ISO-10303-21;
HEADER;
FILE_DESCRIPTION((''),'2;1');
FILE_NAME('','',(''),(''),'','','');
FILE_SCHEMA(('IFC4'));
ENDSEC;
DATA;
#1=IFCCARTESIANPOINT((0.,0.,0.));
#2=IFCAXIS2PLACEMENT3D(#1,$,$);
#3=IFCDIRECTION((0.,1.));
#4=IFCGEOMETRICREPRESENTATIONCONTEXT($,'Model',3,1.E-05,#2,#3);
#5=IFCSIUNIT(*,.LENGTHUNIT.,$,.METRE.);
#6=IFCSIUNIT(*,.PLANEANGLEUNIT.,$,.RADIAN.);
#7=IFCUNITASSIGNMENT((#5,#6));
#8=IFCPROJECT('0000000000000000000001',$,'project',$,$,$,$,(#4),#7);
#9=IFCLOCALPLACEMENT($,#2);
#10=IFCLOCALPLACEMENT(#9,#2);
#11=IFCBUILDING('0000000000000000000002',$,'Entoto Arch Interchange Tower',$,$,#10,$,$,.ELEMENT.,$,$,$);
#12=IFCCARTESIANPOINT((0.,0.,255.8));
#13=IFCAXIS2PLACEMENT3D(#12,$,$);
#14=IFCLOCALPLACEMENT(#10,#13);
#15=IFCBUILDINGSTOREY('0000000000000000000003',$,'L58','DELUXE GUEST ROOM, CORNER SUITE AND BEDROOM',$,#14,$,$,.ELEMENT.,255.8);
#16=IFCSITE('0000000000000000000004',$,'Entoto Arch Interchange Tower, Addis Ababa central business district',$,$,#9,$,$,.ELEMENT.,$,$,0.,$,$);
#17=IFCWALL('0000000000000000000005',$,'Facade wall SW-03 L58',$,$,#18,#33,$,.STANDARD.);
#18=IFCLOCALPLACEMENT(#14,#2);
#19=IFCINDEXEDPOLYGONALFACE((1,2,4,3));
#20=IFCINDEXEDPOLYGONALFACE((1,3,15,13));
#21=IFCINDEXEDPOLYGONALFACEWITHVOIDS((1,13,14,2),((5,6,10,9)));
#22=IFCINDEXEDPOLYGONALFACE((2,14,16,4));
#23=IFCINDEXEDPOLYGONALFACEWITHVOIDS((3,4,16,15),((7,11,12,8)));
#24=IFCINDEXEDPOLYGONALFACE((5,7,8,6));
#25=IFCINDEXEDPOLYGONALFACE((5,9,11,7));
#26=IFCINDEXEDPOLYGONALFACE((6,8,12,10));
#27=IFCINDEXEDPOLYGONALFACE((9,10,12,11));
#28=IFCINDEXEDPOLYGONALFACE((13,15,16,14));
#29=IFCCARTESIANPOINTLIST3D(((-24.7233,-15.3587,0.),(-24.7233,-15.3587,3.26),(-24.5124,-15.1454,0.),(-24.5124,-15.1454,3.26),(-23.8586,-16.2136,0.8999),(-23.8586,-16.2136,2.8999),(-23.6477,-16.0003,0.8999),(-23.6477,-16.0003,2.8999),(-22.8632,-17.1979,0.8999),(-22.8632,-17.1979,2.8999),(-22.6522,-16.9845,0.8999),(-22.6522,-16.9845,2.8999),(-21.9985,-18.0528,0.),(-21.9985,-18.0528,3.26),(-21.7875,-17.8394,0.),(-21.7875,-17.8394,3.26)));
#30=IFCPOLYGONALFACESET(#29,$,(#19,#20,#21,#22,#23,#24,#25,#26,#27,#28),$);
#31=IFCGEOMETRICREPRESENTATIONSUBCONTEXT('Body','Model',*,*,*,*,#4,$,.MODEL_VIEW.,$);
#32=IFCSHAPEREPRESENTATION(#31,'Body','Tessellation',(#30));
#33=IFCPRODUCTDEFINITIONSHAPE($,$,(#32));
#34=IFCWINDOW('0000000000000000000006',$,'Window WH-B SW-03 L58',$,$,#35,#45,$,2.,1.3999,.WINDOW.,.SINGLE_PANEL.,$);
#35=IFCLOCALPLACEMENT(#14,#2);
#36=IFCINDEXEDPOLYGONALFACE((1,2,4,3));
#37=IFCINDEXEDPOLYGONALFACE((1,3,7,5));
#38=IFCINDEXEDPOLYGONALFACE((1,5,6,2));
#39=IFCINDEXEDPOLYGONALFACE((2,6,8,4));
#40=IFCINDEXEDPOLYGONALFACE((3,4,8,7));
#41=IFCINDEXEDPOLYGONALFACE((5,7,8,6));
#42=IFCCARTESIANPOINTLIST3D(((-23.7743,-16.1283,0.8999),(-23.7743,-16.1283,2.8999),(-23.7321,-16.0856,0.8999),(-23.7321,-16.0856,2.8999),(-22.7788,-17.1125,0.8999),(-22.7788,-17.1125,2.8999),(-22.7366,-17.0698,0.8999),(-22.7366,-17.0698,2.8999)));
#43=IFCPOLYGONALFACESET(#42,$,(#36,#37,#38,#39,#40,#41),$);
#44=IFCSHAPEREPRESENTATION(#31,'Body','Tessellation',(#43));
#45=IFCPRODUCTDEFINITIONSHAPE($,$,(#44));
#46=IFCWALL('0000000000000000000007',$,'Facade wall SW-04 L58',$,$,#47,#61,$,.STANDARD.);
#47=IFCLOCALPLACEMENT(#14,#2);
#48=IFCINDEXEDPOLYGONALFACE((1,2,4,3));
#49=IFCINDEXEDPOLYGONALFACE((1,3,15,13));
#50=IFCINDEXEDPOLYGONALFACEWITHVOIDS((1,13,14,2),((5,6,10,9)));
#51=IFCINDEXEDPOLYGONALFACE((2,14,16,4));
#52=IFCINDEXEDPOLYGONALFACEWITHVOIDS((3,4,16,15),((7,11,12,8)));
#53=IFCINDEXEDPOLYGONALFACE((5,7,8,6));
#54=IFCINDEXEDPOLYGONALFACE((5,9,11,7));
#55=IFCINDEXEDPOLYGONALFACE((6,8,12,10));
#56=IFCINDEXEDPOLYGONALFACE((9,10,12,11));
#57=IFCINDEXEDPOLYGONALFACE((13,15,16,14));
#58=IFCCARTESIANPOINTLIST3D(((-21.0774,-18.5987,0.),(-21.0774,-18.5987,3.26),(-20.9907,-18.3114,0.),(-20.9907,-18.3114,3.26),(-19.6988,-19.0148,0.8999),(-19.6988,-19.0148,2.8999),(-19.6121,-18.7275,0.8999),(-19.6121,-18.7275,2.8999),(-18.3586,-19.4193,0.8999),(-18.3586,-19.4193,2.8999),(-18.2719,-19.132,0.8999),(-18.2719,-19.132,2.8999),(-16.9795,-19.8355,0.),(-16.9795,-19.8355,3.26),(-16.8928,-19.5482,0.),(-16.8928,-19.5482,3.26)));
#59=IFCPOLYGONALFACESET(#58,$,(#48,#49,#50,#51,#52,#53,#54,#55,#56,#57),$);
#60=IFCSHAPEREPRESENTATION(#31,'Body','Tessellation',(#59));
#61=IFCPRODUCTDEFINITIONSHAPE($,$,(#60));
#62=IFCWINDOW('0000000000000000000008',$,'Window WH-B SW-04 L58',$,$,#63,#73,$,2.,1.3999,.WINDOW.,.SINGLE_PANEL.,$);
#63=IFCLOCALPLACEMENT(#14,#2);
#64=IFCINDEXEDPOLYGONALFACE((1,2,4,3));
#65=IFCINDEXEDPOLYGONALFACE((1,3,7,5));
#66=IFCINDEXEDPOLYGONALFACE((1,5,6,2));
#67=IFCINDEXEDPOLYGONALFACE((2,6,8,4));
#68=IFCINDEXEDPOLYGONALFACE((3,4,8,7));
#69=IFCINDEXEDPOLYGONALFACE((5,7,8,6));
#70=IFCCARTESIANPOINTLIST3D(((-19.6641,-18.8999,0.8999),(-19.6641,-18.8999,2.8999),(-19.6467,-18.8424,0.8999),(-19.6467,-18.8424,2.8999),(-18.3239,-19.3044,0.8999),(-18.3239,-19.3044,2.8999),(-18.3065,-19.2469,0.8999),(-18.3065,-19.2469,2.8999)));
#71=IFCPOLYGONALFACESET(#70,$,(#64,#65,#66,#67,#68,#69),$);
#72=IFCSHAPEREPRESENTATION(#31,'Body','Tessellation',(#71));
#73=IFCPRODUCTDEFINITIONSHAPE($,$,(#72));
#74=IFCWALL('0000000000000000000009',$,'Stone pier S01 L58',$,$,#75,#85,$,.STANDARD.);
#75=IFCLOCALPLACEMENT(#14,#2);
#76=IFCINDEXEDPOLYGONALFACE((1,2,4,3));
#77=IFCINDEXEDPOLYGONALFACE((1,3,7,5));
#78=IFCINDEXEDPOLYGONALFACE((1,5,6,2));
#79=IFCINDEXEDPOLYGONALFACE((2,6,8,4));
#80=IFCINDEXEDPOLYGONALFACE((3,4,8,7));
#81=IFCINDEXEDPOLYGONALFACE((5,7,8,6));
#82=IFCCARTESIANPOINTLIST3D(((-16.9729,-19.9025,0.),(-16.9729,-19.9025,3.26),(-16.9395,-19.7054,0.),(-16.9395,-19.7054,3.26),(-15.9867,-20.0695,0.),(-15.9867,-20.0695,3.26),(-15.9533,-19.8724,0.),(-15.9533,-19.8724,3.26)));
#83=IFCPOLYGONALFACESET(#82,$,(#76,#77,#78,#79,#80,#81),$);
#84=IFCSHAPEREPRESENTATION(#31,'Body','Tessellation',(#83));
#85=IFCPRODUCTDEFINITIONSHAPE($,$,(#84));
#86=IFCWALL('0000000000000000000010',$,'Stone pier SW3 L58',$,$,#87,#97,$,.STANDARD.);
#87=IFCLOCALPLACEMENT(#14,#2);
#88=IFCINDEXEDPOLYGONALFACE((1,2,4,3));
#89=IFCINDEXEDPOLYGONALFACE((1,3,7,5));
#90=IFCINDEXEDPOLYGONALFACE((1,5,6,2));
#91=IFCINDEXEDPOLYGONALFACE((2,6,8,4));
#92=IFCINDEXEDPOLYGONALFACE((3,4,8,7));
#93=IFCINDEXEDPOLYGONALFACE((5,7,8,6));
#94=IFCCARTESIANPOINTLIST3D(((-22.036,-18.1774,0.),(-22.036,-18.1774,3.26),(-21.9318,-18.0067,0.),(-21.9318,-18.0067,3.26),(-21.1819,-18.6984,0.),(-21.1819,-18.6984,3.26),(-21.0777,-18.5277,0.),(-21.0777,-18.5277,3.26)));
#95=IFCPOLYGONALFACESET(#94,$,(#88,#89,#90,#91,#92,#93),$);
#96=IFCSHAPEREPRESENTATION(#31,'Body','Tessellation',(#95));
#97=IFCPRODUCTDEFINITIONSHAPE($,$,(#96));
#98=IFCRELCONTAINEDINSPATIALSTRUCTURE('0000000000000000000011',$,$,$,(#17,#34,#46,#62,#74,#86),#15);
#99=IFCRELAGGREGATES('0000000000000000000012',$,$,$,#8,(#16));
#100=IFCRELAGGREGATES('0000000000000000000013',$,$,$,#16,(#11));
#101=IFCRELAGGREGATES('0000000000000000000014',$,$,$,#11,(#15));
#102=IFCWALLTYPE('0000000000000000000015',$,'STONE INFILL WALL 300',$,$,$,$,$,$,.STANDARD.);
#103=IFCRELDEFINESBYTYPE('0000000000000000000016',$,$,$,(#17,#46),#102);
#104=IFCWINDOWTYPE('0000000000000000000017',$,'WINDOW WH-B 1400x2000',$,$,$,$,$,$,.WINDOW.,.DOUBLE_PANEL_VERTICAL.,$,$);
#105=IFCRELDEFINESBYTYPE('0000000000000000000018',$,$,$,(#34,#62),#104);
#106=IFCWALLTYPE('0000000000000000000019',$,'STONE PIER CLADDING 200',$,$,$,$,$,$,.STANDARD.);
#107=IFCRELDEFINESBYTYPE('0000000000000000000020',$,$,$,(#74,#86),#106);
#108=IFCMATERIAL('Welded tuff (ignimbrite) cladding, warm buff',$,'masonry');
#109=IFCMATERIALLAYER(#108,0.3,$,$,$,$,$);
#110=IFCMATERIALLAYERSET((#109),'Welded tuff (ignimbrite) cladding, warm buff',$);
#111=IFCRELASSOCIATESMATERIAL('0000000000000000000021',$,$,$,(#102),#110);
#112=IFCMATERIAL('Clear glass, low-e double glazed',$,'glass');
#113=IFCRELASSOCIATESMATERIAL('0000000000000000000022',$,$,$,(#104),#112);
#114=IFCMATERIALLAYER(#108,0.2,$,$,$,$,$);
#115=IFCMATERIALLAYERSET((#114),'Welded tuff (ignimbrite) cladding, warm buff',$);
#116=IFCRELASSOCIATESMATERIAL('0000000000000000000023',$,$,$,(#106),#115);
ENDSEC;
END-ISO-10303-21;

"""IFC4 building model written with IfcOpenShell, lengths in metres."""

from ifc_helpers import new_model, si_unit, direction, frame, frame_2d, origin, place, context, subcontext, project, spatial, rectangle, extrude, material, layer, layer_set, type_object, element, fill, save


model = new_model("IFC4")

# Units and contexts
model_context = context("Model", 3, precision=1e-05, world=origin(), true_north=direction((0.0, 1.0)))
body_context = subcontext(model_context, "Body", "Model", "MODEL_VIEW")
ifc_project = project(units=[si_unit("LENGTHUNIT", "METRE"), si_unit("PLANEANGLEUNIT", "RADIAN")], contexts=[model_context])

# Site, building, storey
site_placement = place(None, origin())
site = spatial("IfcSite", under=ifc_project, at=site_placement, Name="Entoto Arch Interchange Tower, Addis Ababa central business district", CompositionType="ELEMENT", RefElevation=0.0)
building_placement = place(site_placement, origin())
building = spatial("IfcBuilding", under=site, at=building_placement, Name="Entoto Arch Interchange Tower", CompositionType="ELEMENT")
storey_placement = place(building_placement, frame((0.0, 0.0, 255.8)))
storey = spatial("IfcBuildingStorey", under=building, at=storey_placement, Name="L58", Description="DELUXE GUEST ROOM, CORNER SUITE AND BEDROOM", CompositionType="ELEMENT", Elevation=255.8)

# Shared definitions
ifc_material_1 = material(Name="Welded tuff (ignimbrite) cladding, warm buff", Category="masonry")
ifc_layer_1 = layer(ifc_material_1, 0.3)
ifc_layer_set_1 = layer_set([ifc_layer_1], Name="Welded tuff (ignimbrite) cladding, warm buff")
wall_type_1 = type_object("IfcWallType", Name="STONE INFILL WALL 300", PredefinedType="STANDARD", material=ifc_layer_set_1)
ifc_material_2 = material(Name="Clear glass, low-e double glazed", Category="glass")

# Walls, openings, windows
wall_1_placement = place(storey_placement, frame((-24.6179, -15.252, 0.0), z_axis=(0.0, 0.0, 1.0), x_axis=(0.711109, -0.703081, 0.0)))
wall_1 = element("IfcWall", 1, at=wall_1_placement, inside=storey, type_object=wall_type_1, Name="Facade wall SW-03 L58", PredefinedType="STANDARD", context=body_context, shape_type="SweptSolid", body=[
    extrude(rectangle(XDim=3.8318, YDim=0.3, at=frame_2d((1.916, 0.0))), origin(), (0.0, 0.0, 1.0), 3.26),
])
opening_1_placement = place(wall_1_placement, frame((1.2161, 0.0, 0.8999)))
opening_1 = element("IfcOpeningElement", 2, at=opening_1_placement, cuts=wall_1, PredefinedType="OPENING", context=body_context, shape_type="SweptSolid", body=[
    extrude(rectangle(XDim=1.3999, YDim=2.0, at=frame_2d((0.7, 1.0))), frame((0.0, 0.1602, 0.0), z_axis=(0.0, -1.0, 0.0), x_axis=(1.0, 0.0, 0.0)), (0.0, 0.0, 1.0), 0.3201),
])
window_type_1 = type_object("IfcWindowType", Name="WINDOW WH-B 1400x2000", PartitioningType="DOUBLE_PANEL_VERTICAL", PredefinedType="WINDOW", material=ifc_material_2)
window_1_placement = place(opening_1_placement, origin())
window_1 = element("IfcWindow", 3, at=window_1_placement, inside=storey, type_object=window_type_1, Name="Window WH-B SW-03 L58", OverallHeight=2.0, OverallWidth=1.3999, PartitioningType="SINGLE_PANEL", PredefinedType="WINDOW", context=body_context, shape_type="SweptSolid", body=[
    extrude(rectangle(XDim=1.3999, YDim=2.0, at=frame_2d((0.7, 1.0))), frame((0.0, 0.03, 0.0), z_axis=(0.0, -1.0, 0.0), x_axis=(1.0, 0.0, 0.0)), (0.0, 0.0, 1.0), 0.0601),
])
fill(opening_1, window_1)
wall_2_placement = place(storey_placement, frame((-21.0339, -18.4551, 0.0), z_axis=(0.0, 0.0, 1.0), x_axis=(0.957346, -0.288943, 0.0)))
wall_2 = element("IfcWall", 4, at=wall_2_placement, inside=storey, type_object=wall_type_1, Name="Facade wall SW-04 L58", PredefinedType="STANDARD", context=body_context, shape_type="SweptSolid", body=[
    extrude(rectangle(XDim=4.2805, YDim=0.3, at=frame_2d((2.1401, 0.0))), origin(), (0.0, 0.0, 1.0), 3.26),
])
opening_2_placement = place(wall_2_placement, frame((1.4399, 0.0, 0.8999)))
opening_2 = element("IfcOpeningElement", 5, at=opening_2_placement, cuts=wall_2, PredefinedType="OPENING", context=body_context, shape_type="SweptSolid", body=[
    extrude(rectangle(XDim=1.3999, YDim=2.0, at=frame_2d((0.7, 1.0))), frame((0.0, 0.1602, 0.0), z_axis=(0.0, -1.0, 0.0), x_axis=(1.0, 0.0, 0.0)), (0.0, 0.0, 1.0), 0.3201),
])
window_2_placement = place(opening_2_placement, origin())
window_2 = element("IfcWindow", 6, at=window_2_placement, inside=storey, type_object=window_type_1, Name="Window WH-B SW-04 L58", OverallHeight=2.0, OverallWidth=1.3999, PartitioningType="SINGLE_PANEL", PredefinedType="WINDOW", context=body_context, shape_type="SweptSolid", body=[
    extrude(rectangle(XDim=1.3999, YDim=2.0, at=frame_2d((0.7, 1.0))), frame((0.0, 0.03, 0.0), z_axis=(0.0, -1.0, 0.0), x_axis=(1.0, 0.0, 0.0)), (0.0, 0.0, 1.0), 0.0601),
])
fill(opening_2, window_2)

# Walls
ifc_layer_2 = layer(ifc_material_1, 0.2)
ifc_layer_set_2 = layer_set([ifc_layer_2], Name="Welded tuff (ignimbrite) cladding, warm buff")
wall_type_2 = type_object("IfcWallType", Name="STONE PIER CLADDING 200", PredefinedType="STANDARD", material=ifc_layer_set_2)
wall_3_placement = place(storey_placement, frame((-16.9561, -19.804, 0.0), z_axis=(0.0, 0.0, 1.0), x_axis=(0.985962, -0.166971, 0.0)))
element("IfcWall", 7, at=wall_3_placement, inside=storey, type_object=wall_type_2, Name="Stone pier S01 L58", PredefinedType="STANDARD", context=body_context, shape_type="SweptSolid", body=[
    extrude(rectangle(XDim=1.0002, YDim=0.2, at=frame_2d((0.5, 0.0))), origin(), (0.0, 0.0, 1.0), 3.26),
])
wall_4_placement = place(storey_placement, frame((-21.9839, -18.092, 0.0), z_axis=(0.0, 0.0, 1.0), x_axis=(0.85368, -0.520798, 0.0)))
element("IfcWall", 8, at=wall_4_placement, inside=storey, type_object=wall_type_2, Name="Stone pier SW3 L58", PredefinedType="STANDARD", context=body_context, shape_type="SweptSolid", body=[
    extrude(rectangle(XDim=1.0005, YDim=0.2, at=frame_2d((0.5002, 0.0))), origin(), (0.0, 0.0, 1.0), 3.26),
])

save(model, "model.ifc")
